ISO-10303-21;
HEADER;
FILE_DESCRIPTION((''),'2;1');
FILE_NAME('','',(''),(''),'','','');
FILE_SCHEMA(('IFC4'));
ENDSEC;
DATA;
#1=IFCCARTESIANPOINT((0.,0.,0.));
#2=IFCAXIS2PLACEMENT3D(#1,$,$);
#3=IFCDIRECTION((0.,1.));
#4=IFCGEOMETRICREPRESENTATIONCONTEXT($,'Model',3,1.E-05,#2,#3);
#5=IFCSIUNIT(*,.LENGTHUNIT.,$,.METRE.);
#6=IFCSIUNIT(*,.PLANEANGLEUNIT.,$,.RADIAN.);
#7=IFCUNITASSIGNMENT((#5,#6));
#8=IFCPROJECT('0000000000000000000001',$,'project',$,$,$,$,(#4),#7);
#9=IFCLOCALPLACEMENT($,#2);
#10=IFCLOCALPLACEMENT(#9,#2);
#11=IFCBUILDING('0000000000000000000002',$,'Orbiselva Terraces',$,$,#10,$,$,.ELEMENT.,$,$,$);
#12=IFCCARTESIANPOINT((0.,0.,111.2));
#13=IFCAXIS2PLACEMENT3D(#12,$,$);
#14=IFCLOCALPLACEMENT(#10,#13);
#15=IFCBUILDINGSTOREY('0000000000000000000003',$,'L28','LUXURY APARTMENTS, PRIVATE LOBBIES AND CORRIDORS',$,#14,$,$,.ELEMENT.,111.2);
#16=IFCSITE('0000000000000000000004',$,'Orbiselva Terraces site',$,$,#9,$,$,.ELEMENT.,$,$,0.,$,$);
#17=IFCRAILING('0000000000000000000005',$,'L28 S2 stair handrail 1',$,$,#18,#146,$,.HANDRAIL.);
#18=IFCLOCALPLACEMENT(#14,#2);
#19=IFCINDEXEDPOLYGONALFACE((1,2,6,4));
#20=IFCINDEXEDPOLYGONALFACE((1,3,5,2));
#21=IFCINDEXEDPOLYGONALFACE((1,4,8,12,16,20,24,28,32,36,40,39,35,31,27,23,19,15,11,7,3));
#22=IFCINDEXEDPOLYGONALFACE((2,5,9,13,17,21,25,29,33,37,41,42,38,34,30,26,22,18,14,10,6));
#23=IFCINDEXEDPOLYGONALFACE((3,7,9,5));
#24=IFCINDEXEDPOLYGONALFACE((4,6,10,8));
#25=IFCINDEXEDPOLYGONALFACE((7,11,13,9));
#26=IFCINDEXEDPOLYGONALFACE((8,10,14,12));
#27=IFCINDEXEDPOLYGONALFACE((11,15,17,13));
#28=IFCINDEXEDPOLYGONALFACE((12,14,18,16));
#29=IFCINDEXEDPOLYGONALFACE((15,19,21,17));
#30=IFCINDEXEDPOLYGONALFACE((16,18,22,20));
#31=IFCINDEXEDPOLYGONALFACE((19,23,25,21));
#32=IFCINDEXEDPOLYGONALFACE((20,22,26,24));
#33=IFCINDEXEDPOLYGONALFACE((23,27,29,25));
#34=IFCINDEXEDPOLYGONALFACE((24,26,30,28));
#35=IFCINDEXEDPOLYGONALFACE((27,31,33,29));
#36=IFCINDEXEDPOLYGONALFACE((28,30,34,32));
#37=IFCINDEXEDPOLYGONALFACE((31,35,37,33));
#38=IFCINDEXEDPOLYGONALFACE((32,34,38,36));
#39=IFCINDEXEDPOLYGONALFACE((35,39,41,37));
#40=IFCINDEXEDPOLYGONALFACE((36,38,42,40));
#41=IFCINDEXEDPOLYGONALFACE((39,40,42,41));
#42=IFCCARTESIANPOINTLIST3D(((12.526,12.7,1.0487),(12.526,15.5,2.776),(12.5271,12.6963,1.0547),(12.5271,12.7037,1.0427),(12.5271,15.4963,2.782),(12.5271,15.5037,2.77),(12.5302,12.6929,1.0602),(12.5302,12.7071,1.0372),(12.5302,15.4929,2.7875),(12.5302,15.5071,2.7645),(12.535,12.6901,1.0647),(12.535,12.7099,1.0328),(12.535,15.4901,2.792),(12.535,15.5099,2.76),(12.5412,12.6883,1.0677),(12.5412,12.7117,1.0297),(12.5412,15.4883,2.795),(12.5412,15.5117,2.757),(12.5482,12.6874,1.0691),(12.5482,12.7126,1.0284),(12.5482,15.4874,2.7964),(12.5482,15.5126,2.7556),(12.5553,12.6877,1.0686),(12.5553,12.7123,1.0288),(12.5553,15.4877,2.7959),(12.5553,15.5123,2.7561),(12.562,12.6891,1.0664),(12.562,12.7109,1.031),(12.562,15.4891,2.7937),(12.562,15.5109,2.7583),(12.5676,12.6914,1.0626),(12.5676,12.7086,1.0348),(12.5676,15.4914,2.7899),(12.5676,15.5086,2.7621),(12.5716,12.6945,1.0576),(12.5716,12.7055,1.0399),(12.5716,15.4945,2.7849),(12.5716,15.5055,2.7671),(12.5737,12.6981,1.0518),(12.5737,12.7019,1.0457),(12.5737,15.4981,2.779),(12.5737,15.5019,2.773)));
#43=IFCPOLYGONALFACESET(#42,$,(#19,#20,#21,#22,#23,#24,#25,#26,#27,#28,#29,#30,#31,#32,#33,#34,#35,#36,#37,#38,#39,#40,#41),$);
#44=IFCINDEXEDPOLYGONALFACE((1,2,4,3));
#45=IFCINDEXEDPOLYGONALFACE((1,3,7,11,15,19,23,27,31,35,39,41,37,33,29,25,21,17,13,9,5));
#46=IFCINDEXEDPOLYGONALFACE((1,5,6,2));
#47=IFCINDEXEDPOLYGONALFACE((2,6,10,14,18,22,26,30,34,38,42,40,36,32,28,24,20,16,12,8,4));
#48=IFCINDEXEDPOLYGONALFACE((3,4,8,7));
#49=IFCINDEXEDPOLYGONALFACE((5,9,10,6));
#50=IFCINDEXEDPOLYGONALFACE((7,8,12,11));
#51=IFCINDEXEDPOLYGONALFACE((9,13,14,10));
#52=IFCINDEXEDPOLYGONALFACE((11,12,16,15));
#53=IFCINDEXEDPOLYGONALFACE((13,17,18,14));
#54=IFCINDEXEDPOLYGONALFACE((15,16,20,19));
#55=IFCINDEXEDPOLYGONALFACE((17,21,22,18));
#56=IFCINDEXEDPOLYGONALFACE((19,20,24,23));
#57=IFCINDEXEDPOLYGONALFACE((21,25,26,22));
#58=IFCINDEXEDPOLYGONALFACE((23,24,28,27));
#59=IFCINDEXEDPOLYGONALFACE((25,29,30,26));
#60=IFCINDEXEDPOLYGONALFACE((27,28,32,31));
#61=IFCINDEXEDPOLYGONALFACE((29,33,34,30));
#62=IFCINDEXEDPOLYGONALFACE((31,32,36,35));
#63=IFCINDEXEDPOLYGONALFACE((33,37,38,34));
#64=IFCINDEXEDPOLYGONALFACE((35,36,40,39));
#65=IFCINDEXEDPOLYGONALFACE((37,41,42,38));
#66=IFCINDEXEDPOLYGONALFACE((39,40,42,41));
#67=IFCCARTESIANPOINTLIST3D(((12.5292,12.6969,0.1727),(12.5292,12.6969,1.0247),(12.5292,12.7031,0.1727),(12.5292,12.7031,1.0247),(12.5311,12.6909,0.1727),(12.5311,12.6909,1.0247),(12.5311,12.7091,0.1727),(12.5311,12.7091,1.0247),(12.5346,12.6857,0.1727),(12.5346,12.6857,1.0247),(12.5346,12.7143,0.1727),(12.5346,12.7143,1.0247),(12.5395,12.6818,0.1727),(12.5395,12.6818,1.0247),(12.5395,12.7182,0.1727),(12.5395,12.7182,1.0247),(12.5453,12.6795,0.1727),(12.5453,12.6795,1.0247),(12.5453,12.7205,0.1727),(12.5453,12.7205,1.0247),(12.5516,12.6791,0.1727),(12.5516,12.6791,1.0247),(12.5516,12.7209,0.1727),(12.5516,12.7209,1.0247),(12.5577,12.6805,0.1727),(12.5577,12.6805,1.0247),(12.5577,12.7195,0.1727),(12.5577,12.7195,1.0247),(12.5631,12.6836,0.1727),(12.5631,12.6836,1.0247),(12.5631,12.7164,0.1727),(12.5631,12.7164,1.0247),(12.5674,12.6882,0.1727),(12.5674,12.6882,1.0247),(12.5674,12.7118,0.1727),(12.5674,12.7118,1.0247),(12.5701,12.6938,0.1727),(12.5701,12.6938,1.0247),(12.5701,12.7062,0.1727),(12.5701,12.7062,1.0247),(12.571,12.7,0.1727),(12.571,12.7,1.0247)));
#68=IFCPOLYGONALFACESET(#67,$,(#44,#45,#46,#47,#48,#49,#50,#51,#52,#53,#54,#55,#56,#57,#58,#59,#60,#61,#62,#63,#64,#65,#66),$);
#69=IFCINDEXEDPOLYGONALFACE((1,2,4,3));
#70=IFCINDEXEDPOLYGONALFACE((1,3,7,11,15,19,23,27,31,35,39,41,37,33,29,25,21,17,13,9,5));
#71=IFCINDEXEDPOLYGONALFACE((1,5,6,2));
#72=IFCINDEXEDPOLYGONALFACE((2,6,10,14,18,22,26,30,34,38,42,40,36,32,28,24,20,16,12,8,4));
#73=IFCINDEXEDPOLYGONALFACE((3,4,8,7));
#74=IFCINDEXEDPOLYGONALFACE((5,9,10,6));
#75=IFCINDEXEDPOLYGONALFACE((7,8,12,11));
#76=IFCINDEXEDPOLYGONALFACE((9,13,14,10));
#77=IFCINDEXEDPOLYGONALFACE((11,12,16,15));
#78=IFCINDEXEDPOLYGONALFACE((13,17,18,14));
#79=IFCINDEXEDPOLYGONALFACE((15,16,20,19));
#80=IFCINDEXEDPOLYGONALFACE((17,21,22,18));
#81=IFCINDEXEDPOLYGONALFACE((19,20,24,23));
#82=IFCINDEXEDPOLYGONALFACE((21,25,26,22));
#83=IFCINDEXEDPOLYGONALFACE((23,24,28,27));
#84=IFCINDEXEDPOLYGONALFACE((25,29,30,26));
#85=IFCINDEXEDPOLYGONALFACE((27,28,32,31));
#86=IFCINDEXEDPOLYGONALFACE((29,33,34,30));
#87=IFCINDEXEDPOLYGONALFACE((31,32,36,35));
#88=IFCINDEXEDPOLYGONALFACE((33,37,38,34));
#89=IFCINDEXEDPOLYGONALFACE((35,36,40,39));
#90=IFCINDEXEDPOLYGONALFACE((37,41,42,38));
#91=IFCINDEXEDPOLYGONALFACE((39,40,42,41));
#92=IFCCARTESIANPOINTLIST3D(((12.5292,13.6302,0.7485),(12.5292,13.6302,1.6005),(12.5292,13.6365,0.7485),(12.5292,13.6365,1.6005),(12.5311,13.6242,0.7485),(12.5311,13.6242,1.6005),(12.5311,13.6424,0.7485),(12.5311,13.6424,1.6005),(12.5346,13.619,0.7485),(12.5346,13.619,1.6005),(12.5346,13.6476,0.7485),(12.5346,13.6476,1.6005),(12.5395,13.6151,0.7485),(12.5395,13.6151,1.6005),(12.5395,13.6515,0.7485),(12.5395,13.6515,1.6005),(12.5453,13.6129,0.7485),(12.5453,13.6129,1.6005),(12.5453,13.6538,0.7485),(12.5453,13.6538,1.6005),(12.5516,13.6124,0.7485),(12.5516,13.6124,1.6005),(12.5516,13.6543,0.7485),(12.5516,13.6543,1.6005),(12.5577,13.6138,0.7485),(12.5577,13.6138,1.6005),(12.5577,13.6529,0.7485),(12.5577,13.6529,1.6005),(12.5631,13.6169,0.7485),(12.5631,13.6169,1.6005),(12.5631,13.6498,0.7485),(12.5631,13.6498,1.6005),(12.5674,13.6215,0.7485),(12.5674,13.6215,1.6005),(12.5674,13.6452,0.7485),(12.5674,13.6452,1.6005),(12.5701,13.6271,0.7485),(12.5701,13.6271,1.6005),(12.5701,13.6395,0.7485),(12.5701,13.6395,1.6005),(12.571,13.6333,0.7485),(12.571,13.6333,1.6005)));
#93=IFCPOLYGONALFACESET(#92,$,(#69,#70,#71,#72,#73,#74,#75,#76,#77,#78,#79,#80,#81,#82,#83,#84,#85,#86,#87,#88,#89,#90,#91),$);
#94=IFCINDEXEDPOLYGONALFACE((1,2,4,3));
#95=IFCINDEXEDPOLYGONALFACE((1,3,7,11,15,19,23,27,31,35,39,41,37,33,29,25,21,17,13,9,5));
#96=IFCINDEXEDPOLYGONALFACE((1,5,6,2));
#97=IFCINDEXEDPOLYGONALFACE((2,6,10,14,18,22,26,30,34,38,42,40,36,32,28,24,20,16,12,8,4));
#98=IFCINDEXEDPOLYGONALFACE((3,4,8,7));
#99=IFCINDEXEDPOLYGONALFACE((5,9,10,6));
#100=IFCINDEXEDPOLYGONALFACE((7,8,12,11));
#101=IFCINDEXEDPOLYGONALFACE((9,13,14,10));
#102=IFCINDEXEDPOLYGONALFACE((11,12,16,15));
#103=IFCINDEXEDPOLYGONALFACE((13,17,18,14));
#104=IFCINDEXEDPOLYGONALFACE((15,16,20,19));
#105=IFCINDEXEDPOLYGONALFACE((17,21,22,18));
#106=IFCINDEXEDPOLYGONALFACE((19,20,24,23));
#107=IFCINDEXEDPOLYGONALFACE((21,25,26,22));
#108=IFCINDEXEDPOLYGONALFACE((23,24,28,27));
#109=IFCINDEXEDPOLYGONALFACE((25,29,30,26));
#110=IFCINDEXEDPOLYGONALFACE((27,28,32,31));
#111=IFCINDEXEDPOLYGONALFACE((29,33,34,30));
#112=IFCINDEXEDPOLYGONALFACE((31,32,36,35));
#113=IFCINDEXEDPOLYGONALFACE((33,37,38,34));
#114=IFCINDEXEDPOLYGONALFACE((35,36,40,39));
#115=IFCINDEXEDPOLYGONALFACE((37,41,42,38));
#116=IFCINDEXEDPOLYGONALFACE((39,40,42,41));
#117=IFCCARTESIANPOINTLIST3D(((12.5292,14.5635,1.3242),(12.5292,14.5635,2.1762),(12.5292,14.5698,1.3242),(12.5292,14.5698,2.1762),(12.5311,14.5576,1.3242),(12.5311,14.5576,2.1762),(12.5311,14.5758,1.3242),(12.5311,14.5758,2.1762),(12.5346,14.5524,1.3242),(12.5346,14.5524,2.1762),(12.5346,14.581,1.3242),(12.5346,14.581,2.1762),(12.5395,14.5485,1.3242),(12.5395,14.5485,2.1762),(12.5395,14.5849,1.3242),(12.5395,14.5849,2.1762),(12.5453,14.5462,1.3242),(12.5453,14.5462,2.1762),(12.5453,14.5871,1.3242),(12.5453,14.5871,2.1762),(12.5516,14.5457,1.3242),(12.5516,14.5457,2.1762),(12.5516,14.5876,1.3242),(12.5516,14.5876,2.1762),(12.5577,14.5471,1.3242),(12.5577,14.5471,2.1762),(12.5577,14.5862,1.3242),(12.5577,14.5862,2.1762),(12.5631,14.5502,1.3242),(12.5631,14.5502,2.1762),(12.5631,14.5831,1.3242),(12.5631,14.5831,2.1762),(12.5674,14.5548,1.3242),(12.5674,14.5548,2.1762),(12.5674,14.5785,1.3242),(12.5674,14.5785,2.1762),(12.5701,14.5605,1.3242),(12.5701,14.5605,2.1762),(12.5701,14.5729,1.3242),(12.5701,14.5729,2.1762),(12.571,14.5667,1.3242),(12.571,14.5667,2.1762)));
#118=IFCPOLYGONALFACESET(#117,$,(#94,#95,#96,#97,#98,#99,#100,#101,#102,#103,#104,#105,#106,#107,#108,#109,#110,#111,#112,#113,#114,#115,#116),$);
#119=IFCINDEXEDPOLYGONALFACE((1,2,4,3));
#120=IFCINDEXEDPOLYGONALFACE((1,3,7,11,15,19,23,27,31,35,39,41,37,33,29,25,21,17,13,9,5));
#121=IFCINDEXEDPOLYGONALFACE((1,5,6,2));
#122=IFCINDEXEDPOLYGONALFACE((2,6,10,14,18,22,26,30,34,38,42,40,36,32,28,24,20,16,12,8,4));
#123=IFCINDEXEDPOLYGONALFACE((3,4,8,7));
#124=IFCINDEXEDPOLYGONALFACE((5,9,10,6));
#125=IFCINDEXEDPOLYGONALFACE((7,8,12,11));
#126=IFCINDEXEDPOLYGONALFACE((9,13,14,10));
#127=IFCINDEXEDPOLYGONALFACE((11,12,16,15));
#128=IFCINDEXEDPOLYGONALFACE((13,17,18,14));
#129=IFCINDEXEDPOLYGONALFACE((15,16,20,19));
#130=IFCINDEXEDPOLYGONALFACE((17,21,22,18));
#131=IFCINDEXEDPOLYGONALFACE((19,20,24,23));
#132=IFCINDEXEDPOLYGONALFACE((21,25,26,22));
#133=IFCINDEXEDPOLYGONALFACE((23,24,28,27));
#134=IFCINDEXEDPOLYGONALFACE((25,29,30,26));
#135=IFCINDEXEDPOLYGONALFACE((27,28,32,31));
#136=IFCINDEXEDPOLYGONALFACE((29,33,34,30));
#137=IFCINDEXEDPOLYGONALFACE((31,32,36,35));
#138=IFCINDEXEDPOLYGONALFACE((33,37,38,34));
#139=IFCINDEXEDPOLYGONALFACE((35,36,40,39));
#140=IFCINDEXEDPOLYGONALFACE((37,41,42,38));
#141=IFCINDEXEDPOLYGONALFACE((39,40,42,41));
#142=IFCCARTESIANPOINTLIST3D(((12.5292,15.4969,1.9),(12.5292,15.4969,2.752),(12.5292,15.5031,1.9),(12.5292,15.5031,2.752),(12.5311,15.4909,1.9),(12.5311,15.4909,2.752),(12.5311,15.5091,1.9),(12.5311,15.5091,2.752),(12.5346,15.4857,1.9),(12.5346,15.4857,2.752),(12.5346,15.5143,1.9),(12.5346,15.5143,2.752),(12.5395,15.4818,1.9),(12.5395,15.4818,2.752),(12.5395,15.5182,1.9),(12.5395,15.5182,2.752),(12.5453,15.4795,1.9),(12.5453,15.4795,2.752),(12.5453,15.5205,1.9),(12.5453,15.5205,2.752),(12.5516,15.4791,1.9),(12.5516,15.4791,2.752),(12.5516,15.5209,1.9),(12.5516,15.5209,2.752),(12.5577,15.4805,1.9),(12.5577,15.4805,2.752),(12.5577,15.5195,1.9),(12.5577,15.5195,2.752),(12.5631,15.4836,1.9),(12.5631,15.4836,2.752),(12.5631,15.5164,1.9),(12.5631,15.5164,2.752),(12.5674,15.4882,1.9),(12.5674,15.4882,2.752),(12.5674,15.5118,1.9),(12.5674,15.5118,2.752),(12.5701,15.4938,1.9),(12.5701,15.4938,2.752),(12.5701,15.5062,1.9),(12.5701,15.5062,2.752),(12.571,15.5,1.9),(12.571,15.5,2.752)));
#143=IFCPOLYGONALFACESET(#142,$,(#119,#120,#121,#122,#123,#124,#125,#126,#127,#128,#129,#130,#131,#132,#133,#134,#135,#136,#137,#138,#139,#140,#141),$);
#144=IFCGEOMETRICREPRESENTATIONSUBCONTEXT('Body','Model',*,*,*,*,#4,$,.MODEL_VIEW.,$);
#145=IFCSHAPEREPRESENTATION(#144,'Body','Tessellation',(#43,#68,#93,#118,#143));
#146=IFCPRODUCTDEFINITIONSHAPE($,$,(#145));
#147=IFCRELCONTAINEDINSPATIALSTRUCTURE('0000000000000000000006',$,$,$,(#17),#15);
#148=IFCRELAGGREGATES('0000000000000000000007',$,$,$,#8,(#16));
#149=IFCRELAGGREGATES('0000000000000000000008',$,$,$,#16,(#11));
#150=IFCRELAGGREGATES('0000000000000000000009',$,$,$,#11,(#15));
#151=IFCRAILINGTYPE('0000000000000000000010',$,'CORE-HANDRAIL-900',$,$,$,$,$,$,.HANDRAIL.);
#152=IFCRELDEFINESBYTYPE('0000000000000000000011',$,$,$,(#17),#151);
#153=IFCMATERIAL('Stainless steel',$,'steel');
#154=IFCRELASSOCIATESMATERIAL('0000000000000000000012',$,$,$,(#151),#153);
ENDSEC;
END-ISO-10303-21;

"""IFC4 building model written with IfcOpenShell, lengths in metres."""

from ifc_helpers import new_model, si_unit, direction, frame, origin, origin_2d, place, context, subcontext, project, spatial, circle, extrude, material, type_object, element, save


model = new_model("IFC4")

# Units and contexts
model_context = context("Model", 3, precision=1e-05, world=origin(), true_north=direction((0.0, 1.0)))
body_context = subcontext(model_context, "Body", "Model", "MODEL_VIEW")
ifc_project = project(units=[si_unit("LENGTHUNIT", "METRE"), si_unit("PLANEANGLEUNIT", "RADIAN")], contexts=[model_context])

# Site, building, storey
site_placement = place(None, origin())
site = spatial("IfcSite", under=ifc_project, at=site_placement, Name="Orbiselva Terraces site", CompositionType="ELEMENT", RefElevation=0.0)
building_placement = place(site_placement, origin())
building = spatial("IfcBuilding", under=site, at=building_placement, Name="Orbiselva Terraces", CompositionType="ELEMENT")
storey_placement = place(building_placement, frame((0.0, 0.0, 111.2)))
storey = spatial("IfcBuildingStorey", under=building, at=storey_placement, Name="L28", Description="LUXURY APARTMENTS, PRIVATE LOBBIES AND CORRIDORS", CompositionType="ELEMENT", Elevation=111.2)

# Railing
ifc_material_1 = material(Name="Stainless steel", Category="steel")
railing_type_1 = type_object("IfcRailingType", Name="CORE-HANDRAIL-900", PredefinedType="HANDRAIL", material=ifc_material_1)
railing_1_placement = place(storey_placement, frame((12.55, 12.7, 0.1727)))
element("IfcRailing", 1, at=railing_1_placement, inside=storey, type_object=railing_type_1, Name="L28 S2 stair handrail 1", PredefinedType="HANDRAIL", context=body_context, shape_type="SweptSolid", body=[
    extrude(circle(Radius=0.024, at=origin_2d()), frame((0.0, 0.0, 0.876), z_axis=(0.0, 0.851089, 0.525022), x_axis=(-1.0, 0.0, 0.0)), (0.0, 0.0, 1.0), 3.2899),
    extrude(circle(Radius=0.021, at=origin_2d()), origin(), (0.0, 0.0, 1.0), 0.852),
    extrude(circle(Radius=0.021, at=origin_2d()), frame((0.0, 0.9333, 0.5758)), (0.0, 0.0, 1.0), 0.852),
    extrude(circle(Radius=0.021, at=origin_2d()), frame((0.0, 1.8667, 1.1515)), (0.0, 0.0, 1.0), 0.852),
    extrude(circle(Radius=0.021, at=origin_2d()), frame((0.0, 2.8, 1.7273)), (0.0, 0.0, 1.0), 0.852),
])

save(model, "model.ifc")
